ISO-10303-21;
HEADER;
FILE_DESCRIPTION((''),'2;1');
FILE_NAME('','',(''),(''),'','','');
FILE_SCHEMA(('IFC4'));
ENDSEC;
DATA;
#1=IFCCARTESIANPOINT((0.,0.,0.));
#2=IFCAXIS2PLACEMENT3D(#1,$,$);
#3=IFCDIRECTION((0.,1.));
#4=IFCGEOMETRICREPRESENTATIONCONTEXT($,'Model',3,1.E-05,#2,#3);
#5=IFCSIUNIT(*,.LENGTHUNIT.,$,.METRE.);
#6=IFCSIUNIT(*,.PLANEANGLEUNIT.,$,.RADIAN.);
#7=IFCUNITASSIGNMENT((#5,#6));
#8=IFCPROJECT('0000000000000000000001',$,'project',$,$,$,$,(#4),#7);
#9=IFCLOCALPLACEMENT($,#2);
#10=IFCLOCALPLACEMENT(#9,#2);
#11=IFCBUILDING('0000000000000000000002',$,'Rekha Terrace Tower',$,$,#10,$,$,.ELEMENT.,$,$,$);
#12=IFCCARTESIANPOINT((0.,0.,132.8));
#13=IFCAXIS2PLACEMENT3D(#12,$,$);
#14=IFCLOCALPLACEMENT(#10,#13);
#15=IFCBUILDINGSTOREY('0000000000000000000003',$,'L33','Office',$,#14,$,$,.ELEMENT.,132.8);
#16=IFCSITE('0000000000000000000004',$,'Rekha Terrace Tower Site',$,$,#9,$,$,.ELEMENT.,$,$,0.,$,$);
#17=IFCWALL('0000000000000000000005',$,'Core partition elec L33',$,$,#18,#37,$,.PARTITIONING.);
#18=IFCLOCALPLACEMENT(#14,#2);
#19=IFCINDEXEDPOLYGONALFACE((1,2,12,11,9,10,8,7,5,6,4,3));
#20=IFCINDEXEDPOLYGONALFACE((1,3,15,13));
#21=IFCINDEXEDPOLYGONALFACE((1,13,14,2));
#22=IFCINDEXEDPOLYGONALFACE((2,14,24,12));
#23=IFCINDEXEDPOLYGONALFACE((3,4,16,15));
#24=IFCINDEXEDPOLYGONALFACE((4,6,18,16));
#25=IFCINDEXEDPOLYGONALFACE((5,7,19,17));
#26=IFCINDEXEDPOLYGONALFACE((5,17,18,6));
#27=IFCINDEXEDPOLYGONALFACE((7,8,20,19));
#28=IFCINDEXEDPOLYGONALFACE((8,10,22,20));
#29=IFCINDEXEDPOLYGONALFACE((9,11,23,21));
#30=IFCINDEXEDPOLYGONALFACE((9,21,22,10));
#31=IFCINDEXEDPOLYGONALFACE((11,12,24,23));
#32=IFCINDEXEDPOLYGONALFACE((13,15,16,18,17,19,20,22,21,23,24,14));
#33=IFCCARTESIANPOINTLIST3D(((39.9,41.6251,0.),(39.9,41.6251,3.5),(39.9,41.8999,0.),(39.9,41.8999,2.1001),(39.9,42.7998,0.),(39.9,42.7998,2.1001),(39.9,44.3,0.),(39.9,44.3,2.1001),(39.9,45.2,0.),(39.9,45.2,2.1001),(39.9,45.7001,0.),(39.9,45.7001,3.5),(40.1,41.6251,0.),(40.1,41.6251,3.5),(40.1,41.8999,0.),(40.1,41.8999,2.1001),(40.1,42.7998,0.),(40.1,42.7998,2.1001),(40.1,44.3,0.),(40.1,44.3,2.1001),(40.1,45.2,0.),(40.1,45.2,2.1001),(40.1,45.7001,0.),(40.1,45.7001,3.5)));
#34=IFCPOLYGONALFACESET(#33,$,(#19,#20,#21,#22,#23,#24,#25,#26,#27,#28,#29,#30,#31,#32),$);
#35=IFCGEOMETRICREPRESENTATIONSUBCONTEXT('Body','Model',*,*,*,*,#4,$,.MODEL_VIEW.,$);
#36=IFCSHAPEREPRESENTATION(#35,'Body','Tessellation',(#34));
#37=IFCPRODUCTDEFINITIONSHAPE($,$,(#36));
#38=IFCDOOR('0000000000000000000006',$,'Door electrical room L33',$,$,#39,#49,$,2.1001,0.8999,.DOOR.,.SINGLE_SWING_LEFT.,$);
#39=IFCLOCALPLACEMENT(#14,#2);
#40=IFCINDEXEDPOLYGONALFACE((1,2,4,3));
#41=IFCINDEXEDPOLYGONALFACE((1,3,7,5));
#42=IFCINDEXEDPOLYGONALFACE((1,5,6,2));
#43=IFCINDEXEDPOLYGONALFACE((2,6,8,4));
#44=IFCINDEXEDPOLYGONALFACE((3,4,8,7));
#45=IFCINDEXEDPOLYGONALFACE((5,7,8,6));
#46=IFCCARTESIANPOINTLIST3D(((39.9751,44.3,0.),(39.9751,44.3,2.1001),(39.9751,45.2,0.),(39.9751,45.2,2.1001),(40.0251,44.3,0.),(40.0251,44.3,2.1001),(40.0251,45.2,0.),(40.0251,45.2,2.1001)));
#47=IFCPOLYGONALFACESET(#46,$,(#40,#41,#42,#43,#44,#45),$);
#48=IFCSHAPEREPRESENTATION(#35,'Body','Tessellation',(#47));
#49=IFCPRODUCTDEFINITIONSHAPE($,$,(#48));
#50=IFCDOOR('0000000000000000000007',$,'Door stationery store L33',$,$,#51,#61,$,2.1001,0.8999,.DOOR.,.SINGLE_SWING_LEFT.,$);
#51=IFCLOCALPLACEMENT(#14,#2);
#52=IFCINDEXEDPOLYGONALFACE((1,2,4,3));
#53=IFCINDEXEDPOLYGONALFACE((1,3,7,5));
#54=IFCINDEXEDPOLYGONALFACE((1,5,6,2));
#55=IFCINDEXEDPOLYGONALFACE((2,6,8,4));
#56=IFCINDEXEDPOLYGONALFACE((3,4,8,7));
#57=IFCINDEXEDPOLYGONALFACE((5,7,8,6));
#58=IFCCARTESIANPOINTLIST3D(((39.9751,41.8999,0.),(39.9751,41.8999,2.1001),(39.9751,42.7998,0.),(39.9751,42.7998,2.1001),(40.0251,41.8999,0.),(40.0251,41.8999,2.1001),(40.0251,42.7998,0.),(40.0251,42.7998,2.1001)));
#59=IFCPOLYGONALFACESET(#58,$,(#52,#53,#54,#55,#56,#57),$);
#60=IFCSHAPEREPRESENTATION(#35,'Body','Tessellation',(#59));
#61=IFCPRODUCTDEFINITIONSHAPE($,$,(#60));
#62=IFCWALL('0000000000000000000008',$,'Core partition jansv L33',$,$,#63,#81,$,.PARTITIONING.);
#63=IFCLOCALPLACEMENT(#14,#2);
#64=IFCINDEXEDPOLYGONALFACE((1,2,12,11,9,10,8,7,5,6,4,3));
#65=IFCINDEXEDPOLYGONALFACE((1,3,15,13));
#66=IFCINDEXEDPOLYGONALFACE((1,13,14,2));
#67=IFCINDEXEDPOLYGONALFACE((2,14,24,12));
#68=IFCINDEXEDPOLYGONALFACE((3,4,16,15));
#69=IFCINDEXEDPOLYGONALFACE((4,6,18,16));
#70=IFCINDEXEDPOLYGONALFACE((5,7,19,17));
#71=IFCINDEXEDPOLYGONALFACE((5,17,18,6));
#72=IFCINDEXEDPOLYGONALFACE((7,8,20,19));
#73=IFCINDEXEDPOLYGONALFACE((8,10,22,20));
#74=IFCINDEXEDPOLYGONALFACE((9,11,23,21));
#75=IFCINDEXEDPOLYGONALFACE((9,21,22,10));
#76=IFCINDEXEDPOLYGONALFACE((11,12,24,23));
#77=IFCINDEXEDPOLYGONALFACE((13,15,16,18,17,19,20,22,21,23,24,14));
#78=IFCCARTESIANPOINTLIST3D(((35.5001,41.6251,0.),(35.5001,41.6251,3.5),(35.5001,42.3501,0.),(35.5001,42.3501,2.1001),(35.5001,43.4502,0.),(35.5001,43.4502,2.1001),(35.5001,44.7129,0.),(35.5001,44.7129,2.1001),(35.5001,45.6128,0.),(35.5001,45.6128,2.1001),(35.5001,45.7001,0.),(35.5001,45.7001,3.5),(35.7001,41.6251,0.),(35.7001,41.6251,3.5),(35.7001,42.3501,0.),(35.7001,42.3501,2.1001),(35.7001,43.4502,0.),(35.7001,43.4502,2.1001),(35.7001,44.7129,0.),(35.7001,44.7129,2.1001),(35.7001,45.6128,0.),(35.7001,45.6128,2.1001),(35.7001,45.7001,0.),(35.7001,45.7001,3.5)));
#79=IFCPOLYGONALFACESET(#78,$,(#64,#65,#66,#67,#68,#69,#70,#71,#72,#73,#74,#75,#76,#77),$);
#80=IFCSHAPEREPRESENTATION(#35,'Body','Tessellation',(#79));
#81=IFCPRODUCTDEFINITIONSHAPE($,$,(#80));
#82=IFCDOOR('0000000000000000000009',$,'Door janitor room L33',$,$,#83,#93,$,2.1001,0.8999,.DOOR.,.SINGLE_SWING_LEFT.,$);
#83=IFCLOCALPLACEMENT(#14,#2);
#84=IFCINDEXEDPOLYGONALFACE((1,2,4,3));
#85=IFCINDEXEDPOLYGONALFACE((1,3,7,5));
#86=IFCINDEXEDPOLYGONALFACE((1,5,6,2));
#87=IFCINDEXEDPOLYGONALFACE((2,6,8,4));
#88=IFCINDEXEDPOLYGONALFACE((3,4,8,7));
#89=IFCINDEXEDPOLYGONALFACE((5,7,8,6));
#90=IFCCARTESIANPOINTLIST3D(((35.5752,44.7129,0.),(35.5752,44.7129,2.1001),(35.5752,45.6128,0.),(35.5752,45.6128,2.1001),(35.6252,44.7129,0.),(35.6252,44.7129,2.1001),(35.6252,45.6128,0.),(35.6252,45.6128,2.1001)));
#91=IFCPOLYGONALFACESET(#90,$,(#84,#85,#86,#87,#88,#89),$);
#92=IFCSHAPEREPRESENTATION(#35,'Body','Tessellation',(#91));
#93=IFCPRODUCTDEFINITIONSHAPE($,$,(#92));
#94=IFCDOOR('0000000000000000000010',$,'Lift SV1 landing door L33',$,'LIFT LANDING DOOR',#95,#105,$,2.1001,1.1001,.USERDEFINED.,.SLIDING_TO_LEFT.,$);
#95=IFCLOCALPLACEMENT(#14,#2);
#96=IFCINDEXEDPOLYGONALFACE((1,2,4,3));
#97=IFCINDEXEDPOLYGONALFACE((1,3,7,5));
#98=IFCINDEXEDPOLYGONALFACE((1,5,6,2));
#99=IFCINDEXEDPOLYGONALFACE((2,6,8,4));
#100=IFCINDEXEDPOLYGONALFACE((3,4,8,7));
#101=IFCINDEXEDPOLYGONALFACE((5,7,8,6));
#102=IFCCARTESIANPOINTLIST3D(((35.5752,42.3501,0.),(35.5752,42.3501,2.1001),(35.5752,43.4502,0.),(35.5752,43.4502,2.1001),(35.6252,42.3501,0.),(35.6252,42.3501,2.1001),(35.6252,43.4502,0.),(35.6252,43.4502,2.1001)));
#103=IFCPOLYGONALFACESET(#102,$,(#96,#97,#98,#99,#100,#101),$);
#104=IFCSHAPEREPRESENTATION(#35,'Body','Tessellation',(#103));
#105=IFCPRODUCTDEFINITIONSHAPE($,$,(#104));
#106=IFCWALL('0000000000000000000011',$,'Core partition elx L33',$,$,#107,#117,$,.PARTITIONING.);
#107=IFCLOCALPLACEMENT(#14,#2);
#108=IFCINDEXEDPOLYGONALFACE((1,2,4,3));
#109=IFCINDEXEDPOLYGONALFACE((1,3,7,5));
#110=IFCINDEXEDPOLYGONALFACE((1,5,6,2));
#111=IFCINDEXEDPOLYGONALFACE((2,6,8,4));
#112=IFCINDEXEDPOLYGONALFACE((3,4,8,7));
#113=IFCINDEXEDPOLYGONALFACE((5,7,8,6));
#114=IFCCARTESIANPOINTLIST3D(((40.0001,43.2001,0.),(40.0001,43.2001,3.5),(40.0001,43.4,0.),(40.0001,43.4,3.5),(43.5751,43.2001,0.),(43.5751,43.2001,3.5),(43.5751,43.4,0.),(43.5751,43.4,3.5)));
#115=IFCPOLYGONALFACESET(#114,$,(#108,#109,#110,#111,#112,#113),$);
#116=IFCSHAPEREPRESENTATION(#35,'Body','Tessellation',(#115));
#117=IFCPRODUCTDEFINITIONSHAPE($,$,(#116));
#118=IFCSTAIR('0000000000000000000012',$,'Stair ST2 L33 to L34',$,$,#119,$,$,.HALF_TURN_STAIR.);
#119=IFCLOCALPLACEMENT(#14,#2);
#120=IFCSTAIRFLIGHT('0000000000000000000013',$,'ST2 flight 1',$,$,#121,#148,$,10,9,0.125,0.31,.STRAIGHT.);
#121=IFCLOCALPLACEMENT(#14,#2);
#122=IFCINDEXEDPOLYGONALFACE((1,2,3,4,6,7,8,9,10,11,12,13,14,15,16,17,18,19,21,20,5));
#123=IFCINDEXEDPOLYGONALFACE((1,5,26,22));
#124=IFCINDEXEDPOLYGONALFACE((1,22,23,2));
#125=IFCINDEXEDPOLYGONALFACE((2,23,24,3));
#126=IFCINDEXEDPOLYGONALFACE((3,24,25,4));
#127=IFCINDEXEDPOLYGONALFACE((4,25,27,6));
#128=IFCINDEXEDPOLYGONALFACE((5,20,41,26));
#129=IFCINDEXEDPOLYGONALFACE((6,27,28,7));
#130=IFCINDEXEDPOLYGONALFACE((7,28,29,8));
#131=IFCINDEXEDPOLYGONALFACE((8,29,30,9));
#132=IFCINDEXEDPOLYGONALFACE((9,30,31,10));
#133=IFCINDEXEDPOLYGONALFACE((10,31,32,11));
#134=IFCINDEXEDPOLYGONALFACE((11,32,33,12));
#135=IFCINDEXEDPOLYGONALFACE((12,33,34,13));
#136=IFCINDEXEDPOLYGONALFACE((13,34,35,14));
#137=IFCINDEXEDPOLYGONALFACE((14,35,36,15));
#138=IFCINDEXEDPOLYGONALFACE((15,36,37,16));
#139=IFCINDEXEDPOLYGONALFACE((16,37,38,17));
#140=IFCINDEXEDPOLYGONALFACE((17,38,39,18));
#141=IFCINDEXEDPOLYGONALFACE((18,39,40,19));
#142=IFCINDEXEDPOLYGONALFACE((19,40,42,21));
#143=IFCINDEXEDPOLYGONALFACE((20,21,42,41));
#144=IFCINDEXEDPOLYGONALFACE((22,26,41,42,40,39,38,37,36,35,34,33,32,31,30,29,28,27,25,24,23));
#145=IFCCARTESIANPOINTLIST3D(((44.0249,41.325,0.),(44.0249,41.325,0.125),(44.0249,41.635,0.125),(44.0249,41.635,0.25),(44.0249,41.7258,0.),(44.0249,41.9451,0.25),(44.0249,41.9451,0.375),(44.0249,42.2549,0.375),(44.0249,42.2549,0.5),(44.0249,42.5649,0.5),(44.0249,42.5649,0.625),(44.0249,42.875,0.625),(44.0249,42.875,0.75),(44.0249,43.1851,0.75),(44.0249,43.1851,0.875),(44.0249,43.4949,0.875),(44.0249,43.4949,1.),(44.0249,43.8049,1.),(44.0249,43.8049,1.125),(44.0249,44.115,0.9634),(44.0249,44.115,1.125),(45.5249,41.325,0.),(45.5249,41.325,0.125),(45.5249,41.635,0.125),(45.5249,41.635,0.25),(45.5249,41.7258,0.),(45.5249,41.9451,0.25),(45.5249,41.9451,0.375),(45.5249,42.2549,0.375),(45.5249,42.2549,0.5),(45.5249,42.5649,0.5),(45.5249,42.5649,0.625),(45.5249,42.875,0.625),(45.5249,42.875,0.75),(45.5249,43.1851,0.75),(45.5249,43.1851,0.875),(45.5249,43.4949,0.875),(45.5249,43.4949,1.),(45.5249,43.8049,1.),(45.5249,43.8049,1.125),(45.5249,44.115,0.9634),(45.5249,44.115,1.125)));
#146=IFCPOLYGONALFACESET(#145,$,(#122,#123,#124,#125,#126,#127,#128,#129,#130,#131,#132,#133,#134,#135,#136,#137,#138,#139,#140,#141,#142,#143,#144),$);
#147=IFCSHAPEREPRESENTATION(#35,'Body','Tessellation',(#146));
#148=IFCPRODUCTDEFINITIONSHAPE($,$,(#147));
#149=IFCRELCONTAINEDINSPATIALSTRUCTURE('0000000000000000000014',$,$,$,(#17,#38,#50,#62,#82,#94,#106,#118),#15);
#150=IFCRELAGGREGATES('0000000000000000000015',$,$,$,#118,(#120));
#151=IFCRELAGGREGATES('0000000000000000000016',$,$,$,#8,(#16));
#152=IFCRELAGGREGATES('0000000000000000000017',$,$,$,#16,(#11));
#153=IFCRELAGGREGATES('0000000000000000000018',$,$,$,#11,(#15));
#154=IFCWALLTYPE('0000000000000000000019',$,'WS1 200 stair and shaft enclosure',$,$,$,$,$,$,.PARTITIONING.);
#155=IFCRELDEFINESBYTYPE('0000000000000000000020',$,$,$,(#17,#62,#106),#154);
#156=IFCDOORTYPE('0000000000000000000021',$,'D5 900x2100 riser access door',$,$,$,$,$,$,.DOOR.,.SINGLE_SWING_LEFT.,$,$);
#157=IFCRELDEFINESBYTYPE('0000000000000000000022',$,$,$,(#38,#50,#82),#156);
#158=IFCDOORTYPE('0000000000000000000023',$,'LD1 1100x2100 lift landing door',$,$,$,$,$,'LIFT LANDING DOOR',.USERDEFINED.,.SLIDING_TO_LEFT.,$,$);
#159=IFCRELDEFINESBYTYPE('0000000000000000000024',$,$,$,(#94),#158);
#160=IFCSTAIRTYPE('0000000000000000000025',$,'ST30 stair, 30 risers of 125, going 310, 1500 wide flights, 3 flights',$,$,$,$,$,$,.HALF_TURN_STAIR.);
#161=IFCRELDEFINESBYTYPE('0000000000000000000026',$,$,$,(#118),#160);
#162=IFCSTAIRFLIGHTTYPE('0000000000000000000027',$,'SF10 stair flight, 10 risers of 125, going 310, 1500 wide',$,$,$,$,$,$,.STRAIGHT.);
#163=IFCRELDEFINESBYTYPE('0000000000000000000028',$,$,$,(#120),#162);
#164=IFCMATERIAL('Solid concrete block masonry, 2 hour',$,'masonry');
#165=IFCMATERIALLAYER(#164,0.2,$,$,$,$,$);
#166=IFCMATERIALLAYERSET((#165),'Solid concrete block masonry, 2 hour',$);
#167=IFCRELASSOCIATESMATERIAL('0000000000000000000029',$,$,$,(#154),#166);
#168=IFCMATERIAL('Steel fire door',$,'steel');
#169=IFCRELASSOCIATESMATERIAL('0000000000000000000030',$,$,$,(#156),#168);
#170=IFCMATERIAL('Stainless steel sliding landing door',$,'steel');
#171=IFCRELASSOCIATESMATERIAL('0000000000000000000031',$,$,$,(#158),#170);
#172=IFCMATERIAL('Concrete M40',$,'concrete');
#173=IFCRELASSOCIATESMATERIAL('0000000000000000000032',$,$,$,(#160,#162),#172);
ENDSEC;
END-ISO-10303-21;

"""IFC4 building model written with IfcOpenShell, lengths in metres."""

from ifc_helpers import new_model, si_unit, direction, frame, frame_2d, origin, place, context, subcontext, project, spatial, polyline, rectangle, outline, extrude, material, layer, layer_set, type_object, element, fill, aggregate, save


model = new_model("IFC4")

# Units and contexts
model_context = context("Model", 3, precision=1e-05, world=origin(), true_north=direction((0.0, 1.0)))
body_context = subcontext(model_context, "Body", "Model", "MODEL_VIEW")
ifc_project = project(units=[si_unit("LENGTHUNIT", "METRE"), si_unit("PLANEANGLEUNIT", "RADIAN")], contexts=[model_context])

# Site, building, storey
site_placement = place(None, origin())
site = spatial("IfcSite", under=ifc_project, at=site_placement, Name="Rekha Terrace Tower Site", CompositionType="ELEMENT", RefElevation=0.0)
building_placement = place(site_placement, origin())
building = spatial("IfcBuilding", under=site, at=building_placement, Name="Rekha Terrace Tower", CompositionType="ELEMENT")
storey_placement = place(building_placement, frame((0.0, 0.0, 132.8)))
storey = spatial("IfcBuildingStorey", under=building, at=storey_placement, Name="L33", Description="Office", CompositionType="ELEMENT", Elevation=132.8)

# Shared definitions
ifc_material_1 = material(Name="Stainless steel sliding landing door", Category="steel")
ifc_material_2 = material(Name="Steel fire door", Category="steel")

# Shared definitions
ifc_material_3 = material(Name="Solid concrete block masonry, 2 hour", Category="masonry")
ifc_layer_1 = layer(ifc_material_3, 0.2)
ifc_layer_set_1 = layer_set([ifc_layer_1], Name="Solid concrete block masonry, 2 hour")
wall_type_1 = type_object("IfcWallType", Name="WS1 200 stair and shaft enclosure", PredefinedType="PARTITIONING", material=ifc_layer_set_1)

# Walls, openings, doors
wall_1_placement = place(storey_placement, frame((40.0, 41.625, 0.0), z_axis=(0.0, 0.0, 1.0), x_axis=(0.0, 1.0, 0.0)))
wall_1 = element("IfcWall", 1, at=wall_1_placement, inside=storey, type_object=wall_type_1, Name="Core partition elec L33", PredefinedType="PARTITIONING", context=body_context, shape_type="SweptSolid", body=[
    extrude(rectangle(XDim=4.075, YDim=0.2, at=frame_2d((2.0376, 0.0))), origin(), (0.0, 0.0, 1.0), 3.5),
])
opening_1_placement = place(wall_1_placement, frame((2.675, 0.0, 0.0)))
opening_1 = element("IfcOpeningElement", 2, at=opening_1_placement, cuts=wall_1, PredefinedType="OPENING", context=body_context, shape_type="SweptSolid", body=[
    extrude(rectangle(XDim=0.8999, YDim=2.1001, at=frame_2d((0.45, 1.05))), frame((0.0, 0.1099, 0.0), z_axis=(0.0, -1.0, 0.0), x_axis=(1.0, 0.0, 0.0)), (0.0, 0.0, 1.0), 0.22),
])
opening_2_placement = place(wall_1_placement, frame((0.2749, 0.0, 0.0)))
opening_2 = element("IfcOpeningElement", 3, at=opening_2_placement, cuts=wall_1, PredefinedType="OPENING", context=body_context, shape_type="SweptSolid", body=[
    extrude(rectangle(XDim=0.8999, YDim=2.1001, at=frame_2d((0.45, 1.05))), frame((0.0, 0.1099, 0.0), z_axis=(0.0, -1.0, 0.0), x_axis=(1.0, 0.0, 0.0)), (0.0, 0.0, 1.0), 0.22),
])
door_type_1 = type_object("IfcDoorType", Name="D5 900x2100 riser access door", OperationType="SINGLE_SWING_LEFT", PredefinedType="DOOR", material=ifc_material_2)
door_1_placement = place(opening_1_placement, origin())
door_1 = element("IfcDoor", 4, at=door_1_placement, inside=storey, type_object=door_type_1, Name="Door electrical room L33", OperationType="SINGLE_SWING_LEFT", OverallHeight=2.1001, OverallWidth=0.8999, PredefinedType="DOOR", context=body_context, shape_type="SweptSolid", body=[
    extrude(rectangle(XDim=0.8999, YDim=2.1001, at=frame_2d((0.45, 1.05))), frame((0.0, 0.0249, 0.0), z_axis=(0.0, -1.0, 0.0), x_axis=(1.0, 0.0, 0.0)), (0.0, 0.0, 1.0), 0.05),
])
fill(opening_1, door_1)
door_2_placement = place(opening_2_placement, origin())
door_2 = element("IfcDoor", 5, at=door_2_placement, inside=storey, type_object=door_type_1, Name="Door stationery store L33", OperationType="SINGLE_SWING_LEFT", OverallHeight=2.1001, OverallWidth=0.8999, PredefinedType="DOOR", context=body_context, shape_type="SweptSolid", body=[
    extrude(rectangle(XDim=0.8999, YDim=2.1001, at=frame_2d((0.45, 1.05))), frame((0.0, 0.0249, 0.0), z_axis=(0.0, -1.0, 0.0), x_axis=(1.0, 0.0, 0.0)), (0.0, 0.0, 1.0), 0.05),
])
fill(opening_2, door_2)
wall_2_placement = place(storey_placement, frame((35.6001, 41.625, 0.0), z_axis=(0.0, 0.0, 1.0), x_axis=(0.0, 1.0, 0.0)))
wall_2 = element("IfcWall", 6, at=wall_2_placement, inside=storey, type_object=wall_type_1, Name="Core partition jansv L33", PredefinedType="PARTITIONING", context=body_context, shape_type="SweptSolid", body=[
    extrude(rectangle(XDim=4.075, YDim=0.2, at=frame_2d((2.0376, 0.0))), origin(), (0.0, 0.0, 1.0), 3.5),
])
opening_3_placement = place(wall_2_placement, frame((3.0879, 0.0, 0.0)))
opening_3 = element("IfcOpeningElement", 7, at=opening_3_placement, cuts=wall_2, PredefinedType="OPENING", context=body_context, shape_type="SweptSolid", body=[
    extrude(rectangle(XDim=0.8999, YDim=2.1001, at=frame_2d((0.45, 1.05))), frame((0.0, 0.1099, 0.0), z_axis=(0.0, -1.0, 0.0), x_axis=(1.0, 0.0, 0.0)), (0.0, 0.0, 1.0), 0.22),
])
opening_4_placement = place(wall_2_placement, frame((0.7251, 0.0, 0.0)))
opening_4 = element("IfcOpeningElement", 8, at=opening_4_placement, cuts=wall_2, PredefinedType="OPENING", context=body_context, shape_type="SweptSolid", body=[
    extrude(rectangle(XDim=1.1001, YDim=2.1001, at=frame_2d((0.55, 1.05))), frame((0.0, 0.1099, 0.0), z_axis=(0.0, -1.0, 0.0), x_axis=(1.0, 0.0, 0.0)), (0.0, 0.0, 1.0), 0.22),
])
door_3_placement = place(opening_3_placement, origin())
door_3 = element("IfcDoor", 9, at=door_3_placement, inside=storey, type_object=door_type_1, Name="Door janitor room L33", OperationType="SINGLE_SWING_LEFT", OverallHeight=2.1001, OverallWidth=0.8999, PredefinedType="DOOR", context=body_context, shape_type="SweptSolid", body=[
    extrude(rectangle(XDim=0.8999, YDim=2.1001, at=frame_2d((0.45, 1.05))), frame((0.0, 0.0249, 0.0), z_axis=(0.0, -1.0, 0.0), x_axis=(1.0, 0.0, 0.0)), (0.0, 0.0, 1.0), 0.05),
])
fill(opening_3, door_3)
door_type_2 = type_object("IfcDoorType", Name="LD1 1100x2100 lift landing door", ElementType="LIFT LANDING DOOR", OperationType="SLIDING_TO_LEFT", PredefinedType="USERDEFINED", material=ifc_material_1)
door_4_placement = place(opening_4_placement, origin())
door_4 = element("IfcDoor", 10, at=door_4_placement, inside=storey, type_object=door_type_2, Name="Lift SV1 landing door L33", ObjectType="LIFT LANDING DOOR", OperationType="SLIDING_TO_LEFT", OverallHeight=2.1001, OverallWidth=1.1001, PredefinedType="USERDEFINED", context=body_context, shape_type="SweptSolid", body=[
    extrude(rectangle(XDim=1.1001, YDim=2.1001, at=frame_2d((0.55, 1.05))), frame((0.0, 0.0249, 0.0), z_axis=(0.0, -1.0, 0.0), x_axis=(1.0, 0.0, 0.0)), (0.0, 0.0, 1.0), 0.05),
])
fill(opening_4, door_4)

# Wall
wall_3_placement = place(storey_placement, frame((40.0, 43.3, 0.0), z_axis=(0.0, 0.0, 1.0), x_axis=(1.0, 0.0, 0.0)))
element("IfcWall", 11, at=wall_3_placement, inside=storey, type_object=wall_type_1, Name="Core partition elx L33", PredefinedType="PARTITIONING", context=body_context, shape_type="SweptSolid", body=[
    extrude(rectangle(XDim=3.575, YDim=0.2, at=frame_2d((1.7876, 0.0))), origin(), (0.0, 0.0, 1.0), 3.5),
])

# Stair, stair flight
ifc_material_4 = material(Name="Concrete M40", Category="concrete")
stair_type = type_object("IfcStairType", Name="ST30 stair, 30 risers of 125, going 310, 1500 wide flights, 3 flights", PredefinedType="HALF_TURN_STAIR", material=ifc_material_4)
stair_1_placement = place(storey_placement, origin())
stair_1 = element("IfcStair", 12, at=stair_1_placement, inside=storey, type_object=stair_type, Name="Stair ST2 L33 to L34", PredefinedType="HALF_TURN_STAIR")
stair_flight_type = type_object("IfcStairFlightType", Name="SF10 stair flight, 10 risers of 125, going 310, 1500 wide", PredefinedType="STRAIGHT", material=ifc_material_4)
stair_flight_1_placement = place(storey_placement, frame((44.7749, 41.325, 0.0), z_axis=(0.0, 0.0, 1.0), x_axis=(0.0, 1.0, 0.0)))
stair_flight_1 = element("IfcStairFlight", 13, at=stair_flight_1_placement, type_object=stair_flight_type, Name="ST2 flight 1", NumberOfRisers=10, NumberOfTreads=9, PredefinedType="STRAIGHT", RiserHeight=0.125, TreadLength=0.31, context=body_context, shape_type="SweptSolid", body=[
    extrude(outline(polyline([(0.0, 0.0), (0.0, 0.125), (0.3101, 0.125), (0.3101, 0.25), (0.6201, 0.25), (0.6201, 0.375), (0.9299, 0.375), (0.9299, 0.5), (1.24, 0.5), (1.24, 0.625), (1.55, 0.625), (1.55, 0.75), (1.8601, 0.75), (1.8601, 0.875), (2.1699, 0.875), (2.1699, 1.0), (2.48, 1.0), (2.48, 1.125), (2.79, 1.125), (2.79, 1.25), (2.79, 0.9634), (0.4009, 0.0), (0.0, 0.0)])), frame((0.0, 0.75, 0.0), z_axis=(0.0, -1.0, 0.0), x_axis=(1.0, 0.0, 0.0)), (0.0, 0.0, 1.0), 1.5),
])
aggregate(stair_1, [stair_flight_1])

save(model, "model.ifc")
